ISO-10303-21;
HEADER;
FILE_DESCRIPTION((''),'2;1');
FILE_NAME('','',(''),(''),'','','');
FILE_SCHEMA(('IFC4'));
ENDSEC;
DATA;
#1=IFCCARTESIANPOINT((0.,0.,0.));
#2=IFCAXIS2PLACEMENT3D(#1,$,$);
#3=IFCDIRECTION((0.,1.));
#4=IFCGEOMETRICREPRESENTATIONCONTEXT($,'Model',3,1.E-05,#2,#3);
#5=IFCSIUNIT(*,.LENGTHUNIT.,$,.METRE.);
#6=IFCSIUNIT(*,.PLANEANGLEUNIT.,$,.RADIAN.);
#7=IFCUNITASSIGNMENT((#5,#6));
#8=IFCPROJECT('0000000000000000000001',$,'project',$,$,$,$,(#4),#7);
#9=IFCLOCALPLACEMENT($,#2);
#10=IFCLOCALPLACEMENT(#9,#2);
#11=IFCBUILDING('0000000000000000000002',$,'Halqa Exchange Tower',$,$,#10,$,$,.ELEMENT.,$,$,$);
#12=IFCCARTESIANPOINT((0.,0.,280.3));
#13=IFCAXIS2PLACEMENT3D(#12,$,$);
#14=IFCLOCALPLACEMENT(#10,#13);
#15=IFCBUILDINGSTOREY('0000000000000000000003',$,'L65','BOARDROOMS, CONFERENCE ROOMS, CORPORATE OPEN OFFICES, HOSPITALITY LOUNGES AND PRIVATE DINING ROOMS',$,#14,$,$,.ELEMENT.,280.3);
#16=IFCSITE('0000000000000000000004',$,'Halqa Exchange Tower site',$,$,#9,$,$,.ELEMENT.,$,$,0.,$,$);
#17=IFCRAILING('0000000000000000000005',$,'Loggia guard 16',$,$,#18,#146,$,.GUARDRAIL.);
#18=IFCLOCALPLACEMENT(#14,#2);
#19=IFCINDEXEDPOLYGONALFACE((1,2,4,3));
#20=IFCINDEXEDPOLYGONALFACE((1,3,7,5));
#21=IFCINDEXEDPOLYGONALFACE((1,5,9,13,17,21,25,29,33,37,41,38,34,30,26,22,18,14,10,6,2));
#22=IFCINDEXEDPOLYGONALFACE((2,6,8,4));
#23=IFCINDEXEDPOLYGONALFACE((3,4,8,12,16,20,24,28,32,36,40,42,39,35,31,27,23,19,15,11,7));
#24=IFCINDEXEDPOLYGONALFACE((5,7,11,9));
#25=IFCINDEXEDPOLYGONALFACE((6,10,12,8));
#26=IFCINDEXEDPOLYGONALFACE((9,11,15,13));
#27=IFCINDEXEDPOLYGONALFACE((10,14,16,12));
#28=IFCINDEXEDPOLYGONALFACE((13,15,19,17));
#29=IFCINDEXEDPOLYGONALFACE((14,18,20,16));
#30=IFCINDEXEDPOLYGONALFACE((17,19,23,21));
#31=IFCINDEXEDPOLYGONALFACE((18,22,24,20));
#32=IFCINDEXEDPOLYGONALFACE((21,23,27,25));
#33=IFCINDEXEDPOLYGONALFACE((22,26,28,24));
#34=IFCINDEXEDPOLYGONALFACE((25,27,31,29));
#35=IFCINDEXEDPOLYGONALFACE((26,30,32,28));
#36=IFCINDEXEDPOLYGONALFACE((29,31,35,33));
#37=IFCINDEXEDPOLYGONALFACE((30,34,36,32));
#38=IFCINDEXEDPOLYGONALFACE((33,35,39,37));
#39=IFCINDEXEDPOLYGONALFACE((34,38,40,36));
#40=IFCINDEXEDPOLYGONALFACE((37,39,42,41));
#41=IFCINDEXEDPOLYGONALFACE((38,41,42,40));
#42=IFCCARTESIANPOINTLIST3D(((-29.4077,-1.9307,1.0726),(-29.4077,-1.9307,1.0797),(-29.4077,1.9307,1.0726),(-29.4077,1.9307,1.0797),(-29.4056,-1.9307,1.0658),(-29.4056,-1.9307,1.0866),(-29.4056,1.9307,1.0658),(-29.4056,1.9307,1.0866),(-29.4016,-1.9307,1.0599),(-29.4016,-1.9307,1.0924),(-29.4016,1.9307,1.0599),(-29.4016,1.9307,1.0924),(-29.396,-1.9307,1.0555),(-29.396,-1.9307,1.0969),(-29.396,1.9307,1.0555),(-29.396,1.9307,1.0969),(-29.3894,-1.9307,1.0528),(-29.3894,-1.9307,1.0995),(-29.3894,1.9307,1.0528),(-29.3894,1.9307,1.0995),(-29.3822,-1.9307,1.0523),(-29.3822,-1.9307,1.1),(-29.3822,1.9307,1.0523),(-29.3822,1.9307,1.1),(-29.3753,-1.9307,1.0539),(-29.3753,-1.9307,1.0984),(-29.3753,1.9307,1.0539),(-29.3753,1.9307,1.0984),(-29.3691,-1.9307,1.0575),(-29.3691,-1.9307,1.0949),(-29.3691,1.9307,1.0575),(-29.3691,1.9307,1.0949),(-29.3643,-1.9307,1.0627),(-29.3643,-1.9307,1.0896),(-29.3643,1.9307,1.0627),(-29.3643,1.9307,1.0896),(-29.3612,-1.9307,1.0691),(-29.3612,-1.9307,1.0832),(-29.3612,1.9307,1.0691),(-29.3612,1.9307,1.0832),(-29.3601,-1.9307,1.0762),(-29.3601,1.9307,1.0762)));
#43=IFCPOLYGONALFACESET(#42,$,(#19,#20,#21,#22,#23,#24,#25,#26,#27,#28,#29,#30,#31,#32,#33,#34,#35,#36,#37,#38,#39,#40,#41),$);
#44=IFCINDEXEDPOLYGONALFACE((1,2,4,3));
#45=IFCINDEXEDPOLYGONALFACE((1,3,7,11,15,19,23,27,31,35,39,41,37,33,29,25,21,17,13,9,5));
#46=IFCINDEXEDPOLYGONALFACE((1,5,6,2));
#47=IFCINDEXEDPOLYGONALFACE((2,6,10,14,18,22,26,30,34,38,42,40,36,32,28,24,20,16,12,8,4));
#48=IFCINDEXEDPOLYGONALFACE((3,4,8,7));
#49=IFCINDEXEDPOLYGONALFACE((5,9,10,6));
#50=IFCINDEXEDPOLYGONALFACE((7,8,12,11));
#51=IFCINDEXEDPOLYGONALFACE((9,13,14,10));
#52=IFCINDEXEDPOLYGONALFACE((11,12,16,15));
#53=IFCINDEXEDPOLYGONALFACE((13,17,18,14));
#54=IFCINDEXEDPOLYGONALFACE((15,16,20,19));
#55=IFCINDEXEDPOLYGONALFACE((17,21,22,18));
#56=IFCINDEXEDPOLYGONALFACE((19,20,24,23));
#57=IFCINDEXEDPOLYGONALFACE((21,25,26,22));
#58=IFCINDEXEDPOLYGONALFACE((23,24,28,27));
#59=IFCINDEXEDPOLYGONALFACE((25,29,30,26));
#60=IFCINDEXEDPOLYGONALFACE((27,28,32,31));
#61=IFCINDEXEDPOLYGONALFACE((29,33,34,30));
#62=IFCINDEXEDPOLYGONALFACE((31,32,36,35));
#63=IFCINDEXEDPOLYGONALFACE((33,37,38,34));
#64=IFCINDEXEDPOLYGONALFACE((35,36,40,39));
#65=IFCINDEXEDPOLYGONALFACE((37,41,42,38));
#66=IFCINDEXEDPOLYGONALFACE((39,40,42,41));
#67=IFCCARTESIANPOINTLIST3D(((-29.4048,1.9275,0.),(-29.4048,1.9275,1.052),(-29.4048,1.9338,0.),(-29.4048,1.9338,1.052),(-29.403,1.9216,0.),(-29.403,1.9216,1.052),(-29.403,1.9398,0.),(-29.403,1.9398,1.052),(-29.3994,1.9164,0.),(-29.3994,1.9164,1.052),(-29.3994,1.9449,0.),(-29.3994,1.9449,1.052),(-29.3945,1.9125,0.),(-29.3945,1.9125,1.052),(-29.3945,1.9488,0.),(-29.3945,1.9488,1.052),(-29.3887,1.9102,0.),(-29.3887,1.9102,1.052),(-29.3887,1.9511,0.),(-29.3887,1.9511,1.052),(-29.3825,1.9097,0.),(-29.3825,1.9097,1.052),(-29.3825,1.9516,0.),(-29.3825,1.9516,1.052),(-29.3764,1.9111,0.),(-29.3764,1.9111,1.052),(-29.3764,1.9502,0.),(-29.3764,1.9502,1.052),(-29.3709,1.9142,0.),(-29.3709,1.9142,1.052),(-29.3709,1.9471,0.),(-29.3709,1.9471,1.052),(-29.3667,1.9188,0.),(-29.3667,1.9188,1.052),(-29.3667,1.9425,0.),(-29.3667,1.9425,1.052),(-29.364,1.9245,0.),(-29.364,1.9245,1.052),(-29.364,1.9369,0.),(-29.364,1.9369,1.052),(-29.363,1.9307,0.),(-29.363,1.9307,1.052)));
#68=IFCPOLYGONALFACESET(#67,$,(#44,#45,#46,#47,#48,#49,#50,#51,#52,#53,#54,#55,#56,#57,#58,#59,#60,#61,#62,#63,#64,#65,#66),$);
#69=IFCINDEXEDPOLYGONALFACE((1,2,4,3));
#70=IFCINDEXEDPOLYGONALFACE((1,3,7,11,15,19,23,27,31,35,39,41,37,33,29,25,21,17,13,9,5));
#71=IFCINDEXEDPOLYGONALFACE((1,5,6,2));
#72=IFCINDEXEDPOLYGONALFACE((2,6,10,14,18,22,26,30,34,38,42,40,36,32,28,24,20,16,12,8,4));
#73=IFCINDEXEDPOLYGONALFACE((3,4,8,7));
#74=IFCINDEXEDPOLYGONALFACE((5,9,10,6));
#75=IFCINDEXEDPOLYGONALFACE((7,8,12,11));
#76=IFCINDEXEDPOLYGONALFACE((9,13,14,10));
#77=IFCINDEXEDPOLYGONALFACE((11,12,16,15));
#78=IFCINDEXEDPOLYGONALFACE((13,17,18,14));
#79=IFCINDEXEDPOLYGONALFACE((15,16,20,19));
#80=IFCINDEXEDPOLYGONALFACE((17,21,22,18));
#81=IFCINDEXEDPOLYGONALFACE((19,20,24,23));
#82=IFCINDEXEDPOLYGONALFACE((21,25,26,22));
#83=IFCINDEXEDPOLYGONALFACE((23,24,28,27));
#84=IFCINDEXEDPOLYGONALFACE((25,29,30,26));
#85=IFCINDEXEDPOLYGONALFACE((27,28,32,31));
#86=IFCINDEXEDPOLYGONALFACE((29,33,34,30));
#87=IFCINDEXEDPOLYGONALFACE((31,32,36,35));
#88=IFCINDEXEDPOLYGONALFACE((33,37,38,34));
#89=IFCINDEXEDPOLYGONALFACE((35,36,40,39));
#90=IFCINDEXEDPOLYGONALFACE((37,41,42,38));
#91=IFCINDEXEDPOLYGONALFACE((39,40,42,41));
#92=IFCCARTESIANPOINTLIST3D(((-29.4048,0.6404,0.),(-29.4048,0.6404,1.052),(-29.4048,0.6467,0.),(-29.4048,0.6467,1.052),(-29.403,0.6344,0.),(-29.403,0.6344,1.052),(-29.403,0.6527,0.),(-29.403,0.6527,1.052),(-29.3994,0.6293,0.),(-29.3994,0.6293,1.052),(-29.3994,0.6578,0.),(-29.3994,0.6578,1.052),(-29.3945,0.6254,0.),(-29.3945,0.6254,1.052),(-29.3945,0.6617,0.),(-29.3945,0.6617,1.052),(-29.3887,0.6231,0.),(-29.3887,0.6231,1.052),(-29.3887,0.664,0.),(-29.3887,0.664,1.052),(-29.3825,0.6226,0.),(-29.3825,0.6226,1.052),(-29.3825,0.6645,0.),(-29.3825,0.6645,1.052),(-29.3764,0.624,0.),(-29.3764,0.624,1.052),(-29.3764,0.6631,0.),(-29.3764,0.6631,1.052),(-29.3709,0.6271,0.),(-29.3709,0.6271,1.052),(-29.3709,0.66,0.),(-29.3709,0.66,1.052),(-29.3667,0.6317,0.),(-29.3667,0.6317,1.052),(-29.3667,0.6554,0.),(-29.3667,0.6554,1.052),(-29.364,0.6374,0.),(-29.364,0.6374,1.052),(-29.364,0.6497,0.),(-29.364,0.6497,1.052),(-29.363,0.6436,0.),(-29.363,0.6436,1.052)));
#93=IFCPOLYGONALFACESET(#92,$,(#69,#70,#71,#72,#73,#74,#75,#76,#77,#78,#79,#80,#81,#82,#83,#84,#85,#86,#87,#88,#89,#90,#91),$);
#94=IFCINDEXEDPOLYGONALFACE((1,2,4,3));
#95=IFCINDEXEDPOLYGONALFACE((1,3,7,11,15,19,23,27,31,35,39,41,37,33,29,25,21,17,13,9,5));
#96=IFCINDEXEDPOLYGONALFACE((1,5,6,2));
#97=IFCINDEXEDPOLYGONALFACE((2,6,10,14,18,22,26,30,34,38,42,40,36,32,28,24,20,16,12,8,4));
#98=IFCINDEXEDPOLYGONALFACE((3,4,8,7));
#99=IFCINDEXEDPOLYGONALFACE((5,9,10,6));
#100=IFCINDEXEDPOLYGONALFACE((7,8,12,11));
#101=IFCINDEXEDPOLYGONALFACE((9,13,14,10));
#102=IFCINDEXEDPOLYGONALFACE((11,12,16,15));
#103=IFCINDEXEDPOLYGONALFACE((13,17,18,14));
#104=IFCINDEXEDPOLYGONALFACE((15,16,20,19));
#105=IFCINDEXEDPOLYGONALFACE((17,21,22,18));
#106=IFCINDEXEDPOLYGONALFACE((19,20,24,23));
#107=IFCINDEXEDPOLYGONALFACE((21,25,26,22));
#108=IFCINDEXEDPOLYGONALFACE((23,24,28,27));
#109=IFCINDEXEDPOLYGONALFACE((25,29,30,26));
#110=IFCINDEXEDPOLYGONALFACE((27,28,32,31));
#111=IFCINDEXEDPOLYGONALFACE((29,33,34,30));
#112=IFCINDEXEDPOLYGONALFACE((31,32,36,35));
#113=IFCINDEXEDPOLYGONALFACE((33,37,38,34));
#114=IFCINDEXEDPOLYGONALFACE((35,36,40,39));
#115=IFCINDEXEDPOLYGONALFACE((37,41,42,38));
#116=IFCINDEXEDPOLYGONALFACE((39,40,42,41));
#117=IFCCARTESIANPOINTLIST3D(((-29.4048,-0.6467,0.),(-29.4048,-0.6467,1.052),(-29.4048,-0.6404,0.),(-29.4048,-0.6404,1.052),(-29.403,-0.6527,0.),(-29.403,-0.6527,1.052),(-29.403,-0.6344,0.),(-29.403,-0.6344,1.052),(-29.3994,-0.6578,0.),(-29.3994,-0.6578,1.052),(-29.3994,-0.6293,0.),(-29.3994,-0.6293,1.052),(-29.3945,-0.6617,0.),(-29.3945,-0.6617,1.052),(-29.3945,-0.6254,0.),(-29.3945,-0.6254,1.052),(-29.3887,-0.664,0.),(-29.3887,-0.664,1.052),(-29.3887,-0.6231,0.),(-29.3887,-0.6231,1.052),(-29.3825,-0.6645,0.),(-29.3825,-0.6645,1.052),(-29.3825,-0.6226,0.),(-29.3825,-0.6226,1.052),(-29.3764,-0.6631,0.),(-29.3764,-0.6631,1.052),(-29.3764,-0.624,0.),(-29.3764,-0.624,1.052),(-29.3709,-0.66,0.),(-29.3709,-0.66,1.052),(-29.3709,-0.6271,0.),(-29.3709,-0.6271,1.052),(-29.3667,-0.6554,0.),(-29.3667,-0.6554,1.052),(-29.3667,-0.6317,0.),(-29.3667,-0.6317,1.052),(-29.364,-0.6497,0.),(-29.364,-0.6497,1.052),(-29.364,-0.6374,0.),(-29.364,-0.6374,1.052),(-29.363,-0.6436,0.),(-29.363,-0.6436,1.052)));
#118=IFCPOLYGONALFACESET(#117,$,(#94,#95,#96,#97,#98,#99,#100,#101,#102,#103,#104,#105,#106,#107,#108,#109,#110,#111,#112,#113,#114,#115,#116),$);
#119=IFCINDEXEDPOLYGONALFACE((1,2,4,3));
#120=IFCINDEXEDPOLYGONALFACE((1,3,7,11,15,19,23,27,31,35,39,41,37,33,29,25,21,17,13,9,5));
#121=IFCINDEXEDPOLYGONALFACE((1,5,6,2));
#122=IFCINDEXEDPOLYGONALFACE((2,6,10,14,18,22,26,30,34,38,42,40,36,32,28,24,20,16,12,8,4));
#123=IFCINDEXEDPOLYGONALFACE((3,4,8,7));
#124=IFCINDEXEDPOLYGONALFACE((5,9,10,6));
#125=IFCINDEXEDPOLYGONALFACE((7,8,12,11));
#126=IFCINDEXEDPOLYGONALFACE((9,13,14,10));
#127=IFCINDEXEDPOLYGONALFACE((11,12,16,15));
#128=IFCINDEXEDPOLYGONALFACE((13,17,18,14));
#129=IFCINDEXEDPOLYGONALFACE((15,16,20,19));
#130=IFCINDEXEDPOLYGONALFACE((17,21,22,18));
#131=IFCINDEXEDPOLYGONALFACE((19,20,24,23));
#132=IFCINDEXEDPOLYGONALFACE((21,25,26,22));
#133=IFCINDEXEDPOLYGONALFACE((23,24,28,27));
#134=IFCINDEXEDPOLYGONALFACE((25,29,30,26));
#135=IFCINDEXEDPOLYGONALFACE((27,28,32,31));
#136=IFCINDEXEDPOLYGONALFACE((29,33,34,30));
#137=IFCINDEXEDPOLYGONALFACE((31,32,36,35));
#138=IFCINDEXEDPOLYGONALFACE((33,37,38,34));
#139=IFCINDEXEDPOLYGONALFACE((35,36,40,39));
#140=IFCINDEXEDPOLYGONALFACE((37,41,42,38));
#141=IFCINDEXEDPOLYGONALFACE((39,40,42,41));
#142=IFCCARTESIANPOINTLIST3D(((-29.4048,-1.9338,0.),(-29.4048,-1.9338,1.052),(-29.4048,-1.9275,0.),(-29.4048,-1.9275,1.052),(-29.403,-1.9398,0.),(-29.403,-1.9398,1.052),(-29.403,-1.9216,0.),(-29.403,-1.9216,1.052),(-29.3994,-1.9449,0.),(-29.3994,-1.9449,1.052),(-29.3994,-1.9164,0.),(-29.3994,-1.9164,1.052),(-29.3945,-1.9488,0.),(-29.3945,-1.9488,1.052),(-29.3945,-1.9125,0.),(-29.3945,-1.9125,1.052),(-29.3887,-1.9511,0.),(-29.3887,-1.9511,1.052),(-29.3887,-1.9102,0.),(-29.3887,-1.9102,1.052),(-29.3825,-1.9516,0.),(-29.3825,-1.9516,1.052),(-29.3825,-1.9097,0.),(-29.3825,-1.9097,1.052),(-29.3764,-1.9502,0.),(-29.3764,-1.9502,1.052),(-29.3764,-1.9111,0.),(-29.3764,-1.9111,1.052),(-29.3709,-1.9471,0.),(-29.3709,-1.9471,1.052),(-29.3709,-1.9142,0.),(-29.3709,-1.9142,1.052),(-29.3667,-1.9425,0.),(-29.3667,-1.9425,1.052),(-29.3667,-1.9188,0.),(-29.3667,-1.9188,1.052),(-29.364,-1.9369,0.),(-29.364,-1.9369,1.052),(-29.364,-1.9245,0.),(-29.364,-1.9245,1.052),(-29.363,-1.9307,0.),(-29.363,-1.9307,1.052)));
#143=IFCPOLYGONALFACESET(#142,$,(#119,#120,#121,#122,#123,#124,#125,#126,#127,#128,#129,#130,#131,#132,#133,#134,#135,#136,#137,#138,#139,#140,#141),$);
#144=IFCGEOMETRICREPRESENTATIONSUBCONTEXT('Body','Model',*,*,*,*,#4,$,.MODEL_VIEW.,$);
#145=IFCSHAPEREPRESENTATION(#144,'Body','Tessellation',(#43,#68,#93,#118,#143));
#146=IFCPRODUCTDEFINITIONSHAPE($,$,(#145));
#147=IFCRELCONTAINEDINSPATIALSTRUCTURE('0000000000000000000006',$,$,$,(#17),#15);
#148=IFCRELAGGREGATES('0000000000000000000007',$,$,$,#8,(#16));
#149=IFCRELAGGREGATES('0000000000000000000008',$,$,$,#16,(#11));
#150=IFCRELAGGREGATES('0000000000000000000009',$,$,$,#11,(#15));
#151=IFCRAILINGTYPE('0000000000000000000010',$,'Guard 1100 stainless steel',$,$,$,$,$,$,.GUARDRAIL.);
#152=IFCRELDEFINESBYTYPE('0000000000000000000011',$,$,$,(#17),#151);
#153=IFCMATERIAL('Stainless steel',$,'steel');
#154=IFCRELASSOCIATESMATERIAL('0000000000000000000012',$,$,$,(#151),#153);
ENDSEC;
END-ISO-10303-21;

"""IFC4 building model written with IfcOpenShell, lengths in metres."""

from ifc_helpers import new_model, si_unit, direction, frame, origin, origin_2d, place, context, subcontext, project, spatial, circle, extrude, material, type_object, element, save


model = new_model("IFC4")

# Units and contexts
model_context = context("Model", 3, precision=1e-05, world=origin(), true_north=direction((0.0, 1.0)))
body_context = subcontext(model_context, "Body", "Model", "MODEL_VIEW")
ifc_project = project(units=[si_unit("LENGTHUNIT", "METRE"), si_unit("PLANEANGLEUNIT", "RADIAN")], contexts=[model_context])

# Site, building, storey
site_placement = place(None, origin())
site = spatial("IfcSite", under=ifc_project, at=site_placement, Name="Halqa Exchange Tower site", CompositionType="ELEMENT", RefElevation=0.0)
building_placement = place(site_placement, origin())
building = spatial("IfcBuilding", under=site, at=building_placement, Name="Halqa Exchange Tower", CompositionType="ELEMENT")
storey_placement = place(building_placement, frame((0.0, 0.0, 280.3)))
storey = spatial("IfcBuildingStorey", under=building, at=storey_placement, Name="L65", Description="BOARDROOMS, CONFERENCE ROOMS, CORPORATE OPEN OFFICES, HOSPITALITY LOUNGES AND PRIVATE DINING ROOMS", CompositionType="ELEMENT", Elevation=280.3)

# Railing
ifc_material_1 = material(Name="Stainless steel", Category="steel")
railing_type = type_object("IfcRailingType", Name="Guard 1100 stainless steel", PredefinedType="GUARDRAIL", material=ifc_material_1)
railing_1_placement = place(storey_placement, frame((-29.384, 1.9307, 0.0)))
element("IfcRailing", 1, at=railing_1_placement, inside=storey, type_object=railing_type, Name="Loggia guard 16", PredefinedType="GUARDRAIL", context=body_context, shape_type="SweptSolid", body=[
    extrude(circle(Radius=0.0239, at=origin_2d()), frame((0.0, 0.0, 1.0762), z_axis=(0.0, -1.0, 0.0), x_axis=(1.0, 0.0, 0.0)), (0.0, 0.0, 1.0), 3.8613),
    extrude(circle(Radius=0.021, at=origin_2d()), origin(), (0.0, 0.0, 1.0), 1.052),
    extrude(circle(Radius=0.021, at=origin_2d()), frame((0.0, -1.2871, 0.0)), (0.0, 0.0, 1.0), 1.052),
    extrude(circle(Radius=0.021, at=origin_2d()), frame((0.0, -2.5742, 0.0)), (0.0, 0.0, 1.0), 1.052),
    extrude(circle(Radius=0.021, at=origin_2d()), frame((0.0, -3.8613, 0.0)), (0.0, 0.0, 1.0), 1.052),
])

save(model, "model.ifc")
